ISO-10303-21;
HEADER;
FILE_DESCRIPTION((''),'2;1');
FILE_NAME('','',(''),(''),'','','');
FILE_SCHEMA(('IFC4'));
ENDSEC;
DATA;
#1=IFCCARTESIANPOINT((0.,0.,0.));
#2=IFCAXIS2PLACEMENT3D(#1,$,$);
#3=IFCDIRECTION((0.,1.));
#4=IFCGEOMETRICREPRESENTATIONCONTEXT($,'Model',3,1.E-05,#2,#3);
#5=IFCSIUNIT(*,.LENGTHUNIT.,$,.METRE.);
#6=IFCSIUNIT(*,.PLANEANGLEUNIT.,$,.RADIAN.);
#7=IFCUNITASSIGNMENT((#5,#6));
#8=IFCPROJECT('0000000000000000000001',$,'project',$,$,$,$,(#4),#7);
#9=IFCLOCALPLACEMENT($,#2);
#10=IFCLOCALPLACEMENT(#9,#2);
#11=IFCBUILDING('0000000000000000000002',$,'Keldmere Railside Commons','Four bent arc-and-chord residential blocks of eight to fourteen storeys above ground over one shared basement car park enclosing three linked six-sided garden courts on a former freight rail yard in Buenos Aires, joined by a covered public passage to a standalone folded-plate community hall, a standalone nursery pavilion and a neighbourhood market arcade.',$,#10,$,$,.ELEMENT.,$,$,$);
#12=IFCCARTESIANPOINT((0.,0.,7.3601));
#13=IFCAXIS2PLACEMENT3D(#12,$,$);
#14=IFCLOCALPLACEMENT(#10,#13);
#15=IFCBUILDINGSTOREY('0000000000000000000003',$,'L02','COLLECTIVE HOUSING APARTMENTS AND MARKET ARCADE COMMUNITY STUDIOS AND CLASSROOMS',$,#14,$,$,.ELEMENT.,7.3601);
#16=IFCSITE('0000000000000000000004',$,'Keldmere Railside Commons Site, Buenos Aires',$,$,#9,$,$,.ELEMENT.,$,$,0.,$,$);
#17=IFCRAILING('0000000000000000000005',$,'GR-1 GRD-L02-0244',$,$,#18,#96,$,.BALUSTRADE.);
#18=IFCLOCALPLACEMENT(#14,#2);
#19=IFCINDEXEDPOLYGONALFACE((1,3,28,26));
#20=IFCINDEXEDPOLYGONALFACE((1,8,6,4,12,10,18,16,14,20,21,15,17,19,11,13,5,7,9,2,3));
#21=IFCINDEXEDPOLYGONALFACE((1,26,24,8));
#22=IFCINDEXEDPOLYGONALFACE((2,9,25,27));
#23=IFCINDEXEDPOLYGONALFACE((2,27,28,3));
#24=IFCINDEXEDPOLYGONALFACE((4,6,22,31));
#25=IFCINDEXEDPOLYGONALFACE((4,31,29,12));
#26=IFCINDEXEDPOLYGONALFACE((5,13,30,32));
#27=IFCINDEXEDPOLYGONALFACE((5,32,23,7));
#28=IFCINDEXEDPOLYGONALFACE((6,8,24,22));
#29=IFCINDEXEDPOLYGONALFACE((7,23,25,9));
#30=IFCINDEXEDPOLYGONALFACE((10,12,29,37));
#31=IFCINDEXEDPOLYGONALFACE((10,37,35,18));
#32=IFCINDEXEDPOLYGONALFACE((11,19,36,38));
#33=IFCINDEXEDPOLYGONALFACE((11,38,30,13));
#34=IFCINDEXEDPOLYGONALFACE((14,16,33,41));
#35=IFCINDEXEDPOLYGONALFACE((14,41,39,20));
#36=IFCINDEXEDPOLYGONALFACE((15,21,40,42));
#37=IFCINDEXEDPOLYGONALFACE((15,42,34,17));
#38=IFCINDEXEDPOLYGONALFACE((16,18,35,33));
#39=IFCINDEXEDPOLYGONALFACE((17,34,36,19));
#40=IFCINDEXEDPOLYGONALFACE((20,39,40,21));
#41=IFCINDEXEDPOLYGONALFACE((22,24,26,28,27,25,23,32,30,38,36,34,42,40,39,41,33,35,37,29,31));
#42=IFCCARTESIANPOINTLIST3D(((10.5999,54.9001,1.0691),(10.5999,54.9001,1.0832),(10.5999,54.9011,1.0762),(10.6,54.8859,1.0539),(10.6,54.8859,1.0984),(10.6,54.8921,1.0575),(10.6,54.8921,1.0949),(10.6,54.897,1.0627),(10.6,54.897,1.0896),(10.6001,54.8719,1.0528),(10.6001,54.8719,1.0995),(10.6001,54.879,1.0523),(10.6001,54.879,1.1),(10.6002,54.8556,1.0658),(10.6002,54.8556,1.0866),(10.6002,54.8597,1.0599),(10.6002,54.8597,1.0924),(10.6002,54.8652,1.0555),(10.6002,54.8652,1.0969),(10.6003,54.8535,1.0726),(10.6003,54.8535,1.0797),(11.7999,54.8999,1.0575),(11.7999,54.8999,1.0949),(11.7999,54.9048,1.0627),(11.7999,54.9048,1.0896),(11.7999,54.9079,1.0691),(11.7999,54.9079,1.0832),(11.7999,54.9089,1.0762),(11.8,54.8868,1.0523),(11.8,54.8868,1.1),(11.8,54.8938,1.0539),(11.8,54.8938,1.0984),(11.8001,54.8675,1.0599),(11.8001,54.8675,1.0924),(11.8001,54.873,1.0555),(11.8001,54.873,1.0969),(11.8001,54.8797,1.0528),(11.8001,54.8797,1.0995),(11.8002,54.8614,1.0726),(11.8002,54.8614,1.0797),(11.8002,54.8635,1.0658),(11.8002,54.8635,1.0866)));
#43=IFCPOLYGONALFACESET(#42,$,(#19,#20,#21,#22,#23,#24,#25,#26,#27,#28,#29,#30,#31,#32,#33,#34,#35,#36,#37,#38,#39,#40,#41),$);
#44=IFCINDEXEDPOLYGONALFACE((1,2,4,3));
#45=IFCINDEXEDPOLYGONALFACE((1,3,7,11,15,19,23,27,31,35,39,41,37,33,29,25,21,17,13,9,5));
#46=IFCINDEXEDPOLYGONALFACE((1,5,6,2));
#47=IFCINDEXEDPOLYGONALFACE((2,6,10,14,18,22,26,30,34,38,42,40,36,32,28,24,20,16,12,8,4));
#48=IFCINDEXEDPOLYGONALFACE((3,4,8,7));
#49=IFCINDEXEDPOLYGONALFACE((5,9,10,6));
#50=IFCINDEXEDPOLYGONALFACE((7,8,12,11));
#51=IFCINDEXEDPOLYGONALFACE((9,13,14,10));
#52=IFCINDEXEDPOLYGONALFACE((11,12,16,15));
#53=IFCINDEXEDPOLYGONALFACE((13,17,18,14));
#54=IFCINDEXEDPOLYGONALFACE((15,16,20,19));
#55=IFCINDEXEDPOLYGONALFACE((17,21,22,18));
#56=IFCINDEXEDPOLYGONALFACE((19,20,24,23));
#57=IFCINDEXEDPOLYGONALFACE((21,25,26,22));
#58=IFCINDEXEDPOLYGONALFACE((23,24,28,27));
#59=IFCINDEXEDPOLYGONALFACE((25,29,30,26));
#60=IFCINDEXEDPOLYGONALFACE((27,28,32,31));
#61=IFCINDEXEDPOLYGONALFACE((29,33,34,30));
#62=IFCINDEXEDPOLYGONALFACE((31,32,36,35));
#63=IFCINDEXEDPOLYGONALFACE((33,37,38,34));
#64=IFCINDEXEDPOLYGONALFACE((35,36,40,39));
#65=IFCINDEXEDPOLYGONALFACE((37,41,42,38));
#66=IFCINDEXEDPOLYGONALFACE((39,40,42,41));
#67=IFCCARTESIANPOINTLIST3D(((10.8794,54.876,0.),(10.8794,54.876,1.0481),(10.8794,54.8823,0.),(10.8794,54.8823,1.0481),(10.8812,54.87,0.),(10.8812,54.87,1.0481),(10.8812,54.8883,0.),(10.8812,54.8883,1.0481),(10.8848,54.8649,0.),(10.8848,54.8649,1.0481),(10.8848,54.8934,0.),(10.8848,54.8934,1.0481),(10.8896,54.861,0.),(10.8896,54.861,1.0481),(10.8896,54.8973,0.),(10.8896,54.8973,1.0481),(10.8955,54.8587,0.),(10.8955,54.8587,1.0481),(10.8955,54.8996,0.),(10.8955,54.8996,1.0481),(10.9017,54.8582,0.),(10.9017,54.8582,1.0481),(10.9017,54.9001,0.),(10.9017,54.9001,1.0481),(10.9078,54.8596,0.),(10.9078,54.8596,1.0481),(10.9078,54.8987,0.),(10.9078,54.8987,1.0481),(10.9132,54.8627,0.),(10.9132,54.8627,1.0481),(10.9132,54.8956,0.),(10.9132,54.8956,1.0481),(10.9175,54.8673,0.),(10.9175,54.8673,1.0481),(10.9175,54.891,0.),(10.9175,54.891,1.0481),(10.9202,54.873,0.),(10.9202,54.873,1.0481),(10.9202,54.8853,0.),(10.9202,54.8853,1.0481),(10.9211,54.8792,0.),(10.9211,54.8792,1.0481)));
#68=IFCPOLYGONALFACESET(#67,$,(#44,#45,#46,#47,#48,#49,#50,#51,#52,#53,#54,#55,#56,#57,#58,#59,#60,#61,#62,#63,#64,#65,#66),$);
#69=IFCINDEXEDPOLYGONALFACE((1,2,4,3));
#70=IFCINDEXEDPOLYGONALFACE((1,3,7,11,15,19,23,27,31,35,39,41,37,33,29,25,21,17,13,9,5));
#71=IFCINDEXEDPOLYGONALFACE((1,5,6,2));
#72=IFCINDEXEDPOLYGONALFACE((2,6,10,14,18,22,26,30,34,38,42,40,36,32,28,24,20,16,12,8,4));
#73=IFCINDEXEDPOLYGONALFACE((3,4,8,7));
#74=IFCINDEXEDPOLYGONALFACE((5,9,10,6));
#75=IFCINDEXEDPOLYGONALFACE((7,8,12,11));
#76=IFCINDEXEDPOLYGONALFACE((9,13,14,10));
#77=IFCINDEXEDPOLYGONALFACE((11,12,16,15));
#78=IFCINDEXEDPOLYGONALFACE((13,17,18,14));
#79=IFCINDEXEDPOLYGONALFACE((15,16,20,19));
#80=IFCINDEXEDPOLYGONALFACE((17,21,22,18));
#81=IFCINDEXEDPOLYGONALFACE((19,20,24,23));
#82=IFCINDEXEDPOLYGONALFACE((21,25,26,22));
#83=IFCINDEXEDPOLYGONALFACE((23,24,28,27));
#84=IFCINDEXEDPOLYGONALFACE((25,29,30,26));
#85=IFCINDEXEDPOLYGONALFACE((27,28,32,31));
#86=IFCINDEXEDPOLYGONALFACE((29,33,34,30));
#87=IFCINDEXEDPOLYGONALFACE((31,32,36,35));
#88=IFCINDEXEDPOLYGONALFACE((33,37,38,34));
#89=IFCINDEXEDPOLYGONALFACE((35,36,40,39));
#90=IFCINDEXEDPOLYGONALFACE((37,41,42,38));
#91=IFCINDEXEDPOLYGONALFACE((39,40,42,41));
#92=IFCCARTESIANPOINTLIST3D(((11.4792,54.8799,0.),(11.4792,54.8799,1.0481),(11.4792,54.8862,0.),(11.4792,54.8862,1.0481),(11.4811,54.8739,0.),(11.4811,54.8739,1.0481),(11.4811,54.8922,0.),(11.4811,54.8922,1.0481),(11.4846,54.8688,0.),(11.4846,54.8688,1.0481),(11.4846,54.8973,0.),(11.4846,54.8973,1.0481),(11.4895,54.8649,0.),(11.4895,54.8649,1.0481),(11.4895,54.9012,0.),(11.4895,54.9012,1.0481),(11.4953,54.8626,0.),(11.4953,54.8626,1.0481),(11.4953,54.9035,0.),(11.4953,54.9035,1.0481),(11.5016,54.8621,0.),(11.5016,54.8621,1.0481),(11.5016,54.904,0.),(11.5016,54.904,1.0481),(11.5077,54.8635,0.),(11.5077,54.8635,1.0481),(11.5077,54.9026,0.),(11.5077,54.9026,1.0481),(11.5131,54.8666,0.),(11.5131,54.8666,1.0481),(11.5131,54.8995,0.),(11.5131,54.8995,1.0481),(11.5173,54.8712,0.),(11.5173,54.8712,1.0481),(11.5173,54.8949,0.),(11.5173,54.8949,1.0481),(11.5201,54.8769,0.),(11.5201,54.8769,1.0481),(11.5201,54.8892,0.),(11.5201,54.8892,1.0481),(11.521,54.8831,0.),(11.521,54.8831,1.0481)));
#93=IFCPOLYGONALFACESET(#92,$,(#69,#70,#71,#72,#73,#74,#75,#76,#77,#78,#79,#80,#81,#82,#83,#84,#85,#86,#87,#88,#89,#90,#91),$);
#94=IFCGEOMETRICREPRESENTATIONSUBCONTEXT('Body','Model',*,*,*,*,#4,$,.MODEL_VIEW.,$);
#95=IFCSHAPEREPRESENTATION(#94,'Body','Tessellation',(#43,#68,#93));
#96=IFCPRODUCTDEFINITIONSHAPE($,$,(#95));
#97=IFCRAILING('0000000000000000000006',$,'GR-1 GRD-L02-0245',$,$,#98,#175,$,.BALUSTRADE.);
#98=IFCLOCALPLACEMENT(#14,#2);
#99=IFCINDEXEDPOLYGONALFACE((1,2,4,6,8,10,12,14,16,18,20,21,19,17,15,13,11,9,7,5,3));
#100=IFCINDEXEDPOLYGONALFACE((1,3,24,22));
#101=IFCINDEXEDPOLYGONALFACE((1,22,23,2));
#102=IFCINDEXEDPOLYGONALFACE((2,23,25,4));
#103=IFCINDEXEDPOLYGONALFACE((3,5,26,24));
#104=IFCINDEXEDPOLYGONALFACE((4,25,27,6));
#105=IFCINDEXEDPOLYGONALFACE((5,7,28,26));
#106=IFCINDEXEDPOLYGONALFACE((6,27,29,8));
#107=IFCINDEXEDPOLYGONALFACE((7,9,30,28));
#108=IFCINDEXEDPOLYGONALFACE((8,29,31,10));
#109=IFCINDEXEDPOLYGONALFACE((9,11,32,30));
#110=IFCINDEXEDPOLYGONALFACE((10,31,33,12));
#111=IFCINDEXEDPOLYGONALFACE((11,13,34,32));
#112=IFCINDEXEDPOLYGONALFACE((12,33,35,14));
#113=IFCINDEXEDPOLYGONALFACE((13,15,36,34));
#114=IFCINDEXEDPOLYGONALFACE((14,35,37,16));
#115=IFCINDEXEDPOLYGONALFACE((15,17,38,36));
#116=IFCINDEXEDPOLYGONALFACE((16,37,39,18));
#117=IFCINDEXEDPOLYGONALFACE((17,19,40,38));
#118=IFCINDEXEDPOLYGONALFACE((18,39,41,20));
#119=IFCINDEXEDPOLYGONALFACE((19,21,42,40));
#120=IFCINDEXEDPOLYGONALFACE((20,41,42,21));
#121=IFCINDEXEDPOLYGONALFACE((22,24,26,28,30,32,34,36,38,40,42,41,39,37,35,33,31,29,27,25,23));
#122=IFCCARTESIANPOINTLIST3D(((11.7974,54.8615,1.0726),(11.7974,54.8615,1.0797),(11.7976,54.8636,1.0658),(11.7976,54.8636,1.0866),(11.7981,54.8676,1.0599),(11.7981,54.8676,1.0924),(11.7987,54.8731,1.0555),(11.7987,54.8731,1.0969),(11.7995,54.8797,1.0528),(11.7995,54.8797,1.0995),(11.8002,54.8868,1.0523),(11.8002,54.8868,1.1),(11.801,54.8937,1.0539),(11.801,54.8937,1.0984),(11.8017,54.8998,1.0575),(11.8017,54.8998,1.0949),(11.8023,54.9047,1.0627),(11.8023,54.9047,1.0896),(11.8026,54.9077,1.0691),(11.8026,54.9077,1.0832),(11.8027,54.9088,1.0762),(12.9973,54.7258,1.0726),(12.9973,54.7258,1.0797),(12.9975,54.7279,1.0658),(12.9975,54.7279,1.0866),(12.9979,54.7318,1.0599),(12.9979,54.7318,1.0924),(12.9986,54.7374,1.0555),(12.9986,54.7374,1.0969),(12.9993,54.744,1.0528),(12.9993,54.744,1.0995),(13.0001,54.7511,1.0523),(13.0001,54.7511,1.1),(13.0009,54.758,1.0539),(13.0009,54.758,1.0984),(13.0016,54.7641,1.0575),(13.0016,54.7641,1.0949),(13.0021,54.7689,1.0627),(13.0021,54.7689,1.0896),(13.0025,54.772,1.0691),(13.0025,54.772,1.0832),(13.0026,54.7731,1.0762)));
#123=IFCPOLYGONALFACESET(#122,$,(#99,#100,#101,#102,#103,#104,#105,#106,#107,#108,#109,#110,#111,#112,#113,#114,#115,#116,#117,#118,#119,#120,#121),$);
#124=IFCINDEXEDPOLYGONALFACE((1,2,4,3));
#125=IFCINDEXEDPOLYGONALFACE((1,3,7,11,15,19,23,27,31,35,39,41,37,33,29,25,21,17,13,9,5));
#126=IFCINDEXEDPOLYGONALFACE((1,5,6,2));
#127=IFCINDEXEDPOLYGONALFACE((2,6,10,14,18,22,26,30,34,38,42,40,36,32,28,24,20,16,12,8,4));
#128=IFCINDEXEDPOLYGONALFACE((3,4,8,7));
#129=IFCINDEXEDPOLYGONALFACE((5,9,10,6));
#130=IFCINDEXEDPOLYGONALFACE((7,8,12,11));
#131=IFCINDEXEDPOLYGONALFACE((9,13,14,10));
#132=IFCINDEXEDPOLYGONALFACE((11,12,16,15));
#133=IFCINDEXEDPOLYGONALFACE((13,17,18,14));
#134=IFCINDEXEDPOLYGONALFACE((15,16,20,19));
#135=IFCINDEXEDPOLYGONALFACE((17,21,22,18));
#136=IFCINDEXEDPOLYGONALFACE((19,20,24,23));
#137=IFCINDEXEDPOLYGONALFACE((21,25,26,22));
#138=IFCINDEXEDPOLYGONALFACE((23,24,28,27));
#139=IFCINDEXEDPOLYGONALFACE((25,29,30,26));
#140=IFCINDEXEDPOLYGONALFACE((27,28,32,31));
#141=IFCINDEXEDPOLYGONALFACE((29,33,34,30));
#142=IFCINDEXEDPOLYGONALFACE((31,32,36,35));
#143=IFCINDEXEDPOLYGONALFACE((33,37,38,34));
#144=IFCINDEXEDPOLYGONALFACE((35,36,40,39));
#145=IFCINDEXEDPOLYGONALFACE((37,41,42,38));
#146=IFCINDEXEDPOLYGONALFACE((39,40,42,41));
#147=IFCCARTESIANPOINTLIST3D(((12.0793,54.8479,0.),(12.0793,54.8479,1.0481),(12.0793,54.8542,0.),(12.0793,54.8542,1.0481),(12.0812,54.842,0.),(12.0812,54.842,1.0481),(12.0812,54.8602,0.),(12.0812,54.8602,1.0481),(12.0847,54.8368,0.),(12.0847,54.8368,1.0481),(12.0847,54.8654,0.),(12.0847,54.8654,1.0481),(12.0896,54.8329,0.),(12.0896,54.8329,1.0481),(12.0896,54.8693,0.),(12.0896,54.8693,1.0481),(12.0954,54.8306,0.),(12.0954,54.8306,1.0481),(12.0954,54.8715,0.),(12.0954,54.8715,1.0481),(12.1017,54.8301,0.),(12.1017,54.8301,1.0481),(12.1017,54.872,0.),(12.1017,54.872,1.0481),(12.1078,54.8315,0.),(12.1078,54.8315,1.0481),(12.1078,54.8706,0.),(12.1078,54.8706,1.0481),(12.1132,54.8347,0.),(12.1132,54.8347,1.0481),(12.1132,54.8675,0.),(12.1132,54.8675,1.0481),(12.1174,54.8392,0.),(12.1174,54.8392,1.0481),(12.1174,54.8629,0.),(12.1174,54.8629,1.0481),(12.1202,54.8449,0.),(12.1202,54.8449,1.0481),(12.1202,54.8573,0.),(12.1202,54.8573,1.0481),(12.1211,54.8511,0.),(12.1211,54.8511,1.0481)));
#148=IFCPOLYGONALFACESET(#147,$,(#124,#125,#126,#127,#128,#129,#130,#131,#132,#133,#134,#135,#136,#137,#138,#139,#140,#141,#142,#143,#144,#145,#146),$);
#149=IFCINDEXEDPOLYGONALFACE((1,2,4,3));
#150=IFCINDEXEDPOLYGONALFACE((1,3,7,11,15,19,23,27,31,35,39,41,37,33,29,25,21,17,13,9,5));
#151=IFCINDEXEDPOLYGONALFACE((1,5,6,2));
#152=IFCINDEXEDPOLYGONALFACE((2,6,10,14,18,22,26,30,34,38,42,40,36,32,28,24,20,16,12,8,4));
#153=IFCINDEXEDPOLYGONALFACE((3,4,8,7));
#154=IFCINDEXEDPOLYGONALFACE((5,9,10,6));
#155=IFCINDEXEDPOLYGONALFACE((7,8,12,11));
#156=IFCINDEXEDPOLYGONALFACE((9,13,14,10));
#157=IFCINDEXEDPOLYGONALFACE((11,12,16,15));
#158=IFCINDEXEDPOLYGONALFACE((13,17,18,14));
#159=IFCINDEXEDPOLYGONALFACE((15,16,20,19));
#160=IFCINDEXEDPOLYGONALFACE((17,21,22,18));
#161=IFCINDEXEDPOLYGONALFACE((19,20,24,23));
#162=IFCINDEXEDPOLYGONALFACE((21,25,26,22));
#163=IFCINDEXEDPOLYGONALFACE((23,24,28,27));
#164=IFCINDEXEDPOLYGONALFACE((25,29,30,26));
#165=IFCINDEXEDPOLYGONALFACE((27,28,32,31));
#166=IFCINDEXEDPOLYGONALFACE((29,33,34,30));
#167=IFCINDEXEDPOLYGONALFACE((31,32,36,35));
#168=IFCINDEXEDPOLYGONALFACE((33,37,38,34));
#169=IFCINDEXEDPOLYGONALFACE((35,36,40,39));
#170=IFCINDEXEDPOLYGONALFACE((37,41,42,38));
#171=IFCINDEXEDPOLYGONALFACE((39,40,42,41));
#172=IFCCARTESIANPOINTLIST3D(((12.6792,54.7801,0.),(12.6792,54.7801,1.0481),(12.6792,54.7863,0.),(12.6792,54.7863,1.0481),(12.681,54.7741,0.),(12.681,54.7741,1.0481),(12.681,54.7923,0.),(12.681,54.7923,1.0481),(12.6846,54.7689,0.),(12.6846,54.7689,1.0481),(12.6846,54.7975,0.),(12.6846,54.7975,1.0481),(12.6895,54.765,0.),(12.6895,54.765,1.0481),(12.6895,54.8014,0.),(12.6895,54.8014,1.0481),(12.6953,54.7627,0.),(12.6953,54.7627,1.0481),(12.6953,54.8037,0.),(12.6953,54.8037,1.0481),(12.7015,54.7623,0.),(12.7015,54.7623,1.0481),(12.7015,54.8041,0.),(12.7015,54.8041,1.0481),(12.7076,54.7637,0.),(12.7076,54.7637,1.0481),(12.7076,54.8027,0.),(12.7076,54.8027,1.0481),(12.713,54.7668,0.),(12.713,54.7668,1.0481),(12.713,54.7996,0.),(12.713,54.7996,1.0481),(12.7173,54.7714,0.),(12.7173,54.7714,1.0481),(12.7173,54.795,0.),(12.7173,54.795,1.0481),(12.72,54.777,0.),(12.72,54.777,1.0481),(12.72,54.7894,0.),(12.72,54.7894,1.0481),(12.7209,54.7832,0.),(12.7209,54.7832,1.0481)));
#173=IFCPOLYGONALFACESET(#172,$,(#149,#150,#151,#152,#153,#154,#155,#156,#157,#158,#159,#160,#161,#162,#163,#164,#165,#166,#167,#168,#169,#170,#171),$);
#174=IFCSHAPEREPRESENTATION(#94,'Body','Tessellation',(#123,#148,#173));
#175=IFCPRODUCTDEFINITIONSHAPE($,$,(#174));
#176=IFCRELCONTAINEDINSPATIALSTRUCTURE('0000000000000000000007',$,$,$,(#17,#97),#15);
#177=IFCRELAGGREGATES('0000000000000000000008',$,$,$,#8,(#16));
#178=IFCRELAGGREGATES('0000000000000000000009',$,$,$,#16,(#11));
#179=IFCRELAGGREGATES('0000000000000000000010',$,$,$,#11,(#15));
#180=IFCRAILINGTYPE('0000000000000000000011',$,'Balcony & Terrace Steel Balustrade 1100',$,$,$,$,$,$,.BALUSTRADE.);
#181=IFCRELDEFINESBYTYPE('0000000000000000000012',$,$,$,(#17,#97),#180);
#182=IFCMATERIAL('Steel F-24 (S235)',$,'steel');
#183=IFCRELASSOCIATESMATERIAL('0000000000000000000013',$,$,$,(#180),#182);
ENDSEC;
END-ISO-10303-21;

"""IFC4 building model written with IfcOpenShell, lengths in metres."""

from ifc_helpers import new_model, si_unit, direction, frame, origin, origin_2d, place, context, subcontext, project, spatial, circle, extrude, material, type_object, element, save


model = new_model("IFC4")

# Units and contexts
model_context = context("Model", 3, precision=1e-05, world=origin(), true_north=direction((0.0, 1.0)))
body_context = subcontext(model_context, "Body", "Model", "MODEL_VIEW")
ifc_project = project(units=[si_unit("LENGTHUNIT", "METRE"), si_unit("PLANEANGLEUNIT", "RADIAN")], contexts=[model_context])

# Site, building, storey
site_placement = place(None, origin())
site = spatial("IfcSite", under=ifc_project, at=site_placement, Name="Keldmere Railside Commons Site, Buenos Aires", CompositionType="ELEMENT", RefElevation=0.0)
building_placement = place(site_placement, origin())
building = spatial("IfcBuilding", under=site, at=building_placement, Name="Keldmere Railside Commons", Description="Four bent arc-and-chord residential blocks of eight to fourteen storeys above ground over one shared basement car park enclosing three linked six-sided garden courts on a former freight rail yard in Buenos Aires, joined by a covered public passage to a standalone folded-plate community hall, a standalone nursery pavilion and a neighbourhood market arcade.", CompositionType="ELEMENT")
storey_placement = place(building_placement, frame((0.0, 0.0, 7.3601)))
storey = spatial("IfcBuildingStorey", under=building, at=storey_placement, Name="L02", Description="COLLECTIVE HOUSING APARTMENTS AND MARKET ARCADE COMMUNITY STUDIOS AND CLASSROOMS", CompositionType="ELEMENT", Elevation=7.3601)

# Railings
ifc_material_1 = material(Name="Steel F-24 (S235)", Category="steel")
railing_type = type_object("IfcRailingType", Name="Balcony & Terrace Steel Balustrade 1100", PredefinedType="BALUSTRADE", material=ifc_material_1)
railing_1_placement = place(storey_placement, frame((10.6001, 54.8772, 0.0)))
element("IfcRailing", 1, at=railing_1_placement, inside=storey, type_object=railing_type, Name="GR-1 GRD-L02-0244", PredefinedType="BALUSTRADE", context=body_context, shape_type="SweptSolid", body=[
    extrude(circle(Radius=0.0239, at=origin_2d()), frame((0.0, 0.0, 1.0762), z_axis=(0.999979, 0.006511, 0.0), x_axis=(-0.006511, 0.999979, 0.0)), (0.0, 0.0, 1.0), 1.2),
    extrude(circle(Radius=0.021, at=origin_2d()), frame((0.3, 0.002, 0.0)), (0.0, 0.0, 1.0), 1.0481),
    extrude(circle(Radius=0.021, at=origin_2d()), frame((0.8999, 0.0059, 0.0)), (0.0, 0.0, 1.0), 1.0481),
])
railing_2_placement = place(storey_placement, frame((11.8, 54.885, 0.0)))
element("IfcRailing", 2, at=railing_2_placement, inside=storey, type_object=railing_type, Name="GR-1 GRD-L02-0245", PredefinedType="BALUSTRADE", context=body_context, shape_type="SweptSolid", body=[
    extrude(circle(Radius=0.0239, at=origin_2d()), frame((0.0, 0.0, 1.0762), z_axis=(0.993662, -0.112406, 0.0), x_axis=(0.112406, 0.993662, 0.0)), (0.0, 0.0, 1.0), 1.2075),
    extrude(circle(Radius=0.021, at=origin_2d()), frame((0.3, -0.0339, 0.0)), (0.0, 0.0, 1.0), 1.0481),
    extrude(circle(Radius=0.021, at=origin_2d()), frame((0.8999, -0.1018, 0.0)), (0.0, 0.0, 1.0), 1.0481),
])

save(model, "model.ifc")
